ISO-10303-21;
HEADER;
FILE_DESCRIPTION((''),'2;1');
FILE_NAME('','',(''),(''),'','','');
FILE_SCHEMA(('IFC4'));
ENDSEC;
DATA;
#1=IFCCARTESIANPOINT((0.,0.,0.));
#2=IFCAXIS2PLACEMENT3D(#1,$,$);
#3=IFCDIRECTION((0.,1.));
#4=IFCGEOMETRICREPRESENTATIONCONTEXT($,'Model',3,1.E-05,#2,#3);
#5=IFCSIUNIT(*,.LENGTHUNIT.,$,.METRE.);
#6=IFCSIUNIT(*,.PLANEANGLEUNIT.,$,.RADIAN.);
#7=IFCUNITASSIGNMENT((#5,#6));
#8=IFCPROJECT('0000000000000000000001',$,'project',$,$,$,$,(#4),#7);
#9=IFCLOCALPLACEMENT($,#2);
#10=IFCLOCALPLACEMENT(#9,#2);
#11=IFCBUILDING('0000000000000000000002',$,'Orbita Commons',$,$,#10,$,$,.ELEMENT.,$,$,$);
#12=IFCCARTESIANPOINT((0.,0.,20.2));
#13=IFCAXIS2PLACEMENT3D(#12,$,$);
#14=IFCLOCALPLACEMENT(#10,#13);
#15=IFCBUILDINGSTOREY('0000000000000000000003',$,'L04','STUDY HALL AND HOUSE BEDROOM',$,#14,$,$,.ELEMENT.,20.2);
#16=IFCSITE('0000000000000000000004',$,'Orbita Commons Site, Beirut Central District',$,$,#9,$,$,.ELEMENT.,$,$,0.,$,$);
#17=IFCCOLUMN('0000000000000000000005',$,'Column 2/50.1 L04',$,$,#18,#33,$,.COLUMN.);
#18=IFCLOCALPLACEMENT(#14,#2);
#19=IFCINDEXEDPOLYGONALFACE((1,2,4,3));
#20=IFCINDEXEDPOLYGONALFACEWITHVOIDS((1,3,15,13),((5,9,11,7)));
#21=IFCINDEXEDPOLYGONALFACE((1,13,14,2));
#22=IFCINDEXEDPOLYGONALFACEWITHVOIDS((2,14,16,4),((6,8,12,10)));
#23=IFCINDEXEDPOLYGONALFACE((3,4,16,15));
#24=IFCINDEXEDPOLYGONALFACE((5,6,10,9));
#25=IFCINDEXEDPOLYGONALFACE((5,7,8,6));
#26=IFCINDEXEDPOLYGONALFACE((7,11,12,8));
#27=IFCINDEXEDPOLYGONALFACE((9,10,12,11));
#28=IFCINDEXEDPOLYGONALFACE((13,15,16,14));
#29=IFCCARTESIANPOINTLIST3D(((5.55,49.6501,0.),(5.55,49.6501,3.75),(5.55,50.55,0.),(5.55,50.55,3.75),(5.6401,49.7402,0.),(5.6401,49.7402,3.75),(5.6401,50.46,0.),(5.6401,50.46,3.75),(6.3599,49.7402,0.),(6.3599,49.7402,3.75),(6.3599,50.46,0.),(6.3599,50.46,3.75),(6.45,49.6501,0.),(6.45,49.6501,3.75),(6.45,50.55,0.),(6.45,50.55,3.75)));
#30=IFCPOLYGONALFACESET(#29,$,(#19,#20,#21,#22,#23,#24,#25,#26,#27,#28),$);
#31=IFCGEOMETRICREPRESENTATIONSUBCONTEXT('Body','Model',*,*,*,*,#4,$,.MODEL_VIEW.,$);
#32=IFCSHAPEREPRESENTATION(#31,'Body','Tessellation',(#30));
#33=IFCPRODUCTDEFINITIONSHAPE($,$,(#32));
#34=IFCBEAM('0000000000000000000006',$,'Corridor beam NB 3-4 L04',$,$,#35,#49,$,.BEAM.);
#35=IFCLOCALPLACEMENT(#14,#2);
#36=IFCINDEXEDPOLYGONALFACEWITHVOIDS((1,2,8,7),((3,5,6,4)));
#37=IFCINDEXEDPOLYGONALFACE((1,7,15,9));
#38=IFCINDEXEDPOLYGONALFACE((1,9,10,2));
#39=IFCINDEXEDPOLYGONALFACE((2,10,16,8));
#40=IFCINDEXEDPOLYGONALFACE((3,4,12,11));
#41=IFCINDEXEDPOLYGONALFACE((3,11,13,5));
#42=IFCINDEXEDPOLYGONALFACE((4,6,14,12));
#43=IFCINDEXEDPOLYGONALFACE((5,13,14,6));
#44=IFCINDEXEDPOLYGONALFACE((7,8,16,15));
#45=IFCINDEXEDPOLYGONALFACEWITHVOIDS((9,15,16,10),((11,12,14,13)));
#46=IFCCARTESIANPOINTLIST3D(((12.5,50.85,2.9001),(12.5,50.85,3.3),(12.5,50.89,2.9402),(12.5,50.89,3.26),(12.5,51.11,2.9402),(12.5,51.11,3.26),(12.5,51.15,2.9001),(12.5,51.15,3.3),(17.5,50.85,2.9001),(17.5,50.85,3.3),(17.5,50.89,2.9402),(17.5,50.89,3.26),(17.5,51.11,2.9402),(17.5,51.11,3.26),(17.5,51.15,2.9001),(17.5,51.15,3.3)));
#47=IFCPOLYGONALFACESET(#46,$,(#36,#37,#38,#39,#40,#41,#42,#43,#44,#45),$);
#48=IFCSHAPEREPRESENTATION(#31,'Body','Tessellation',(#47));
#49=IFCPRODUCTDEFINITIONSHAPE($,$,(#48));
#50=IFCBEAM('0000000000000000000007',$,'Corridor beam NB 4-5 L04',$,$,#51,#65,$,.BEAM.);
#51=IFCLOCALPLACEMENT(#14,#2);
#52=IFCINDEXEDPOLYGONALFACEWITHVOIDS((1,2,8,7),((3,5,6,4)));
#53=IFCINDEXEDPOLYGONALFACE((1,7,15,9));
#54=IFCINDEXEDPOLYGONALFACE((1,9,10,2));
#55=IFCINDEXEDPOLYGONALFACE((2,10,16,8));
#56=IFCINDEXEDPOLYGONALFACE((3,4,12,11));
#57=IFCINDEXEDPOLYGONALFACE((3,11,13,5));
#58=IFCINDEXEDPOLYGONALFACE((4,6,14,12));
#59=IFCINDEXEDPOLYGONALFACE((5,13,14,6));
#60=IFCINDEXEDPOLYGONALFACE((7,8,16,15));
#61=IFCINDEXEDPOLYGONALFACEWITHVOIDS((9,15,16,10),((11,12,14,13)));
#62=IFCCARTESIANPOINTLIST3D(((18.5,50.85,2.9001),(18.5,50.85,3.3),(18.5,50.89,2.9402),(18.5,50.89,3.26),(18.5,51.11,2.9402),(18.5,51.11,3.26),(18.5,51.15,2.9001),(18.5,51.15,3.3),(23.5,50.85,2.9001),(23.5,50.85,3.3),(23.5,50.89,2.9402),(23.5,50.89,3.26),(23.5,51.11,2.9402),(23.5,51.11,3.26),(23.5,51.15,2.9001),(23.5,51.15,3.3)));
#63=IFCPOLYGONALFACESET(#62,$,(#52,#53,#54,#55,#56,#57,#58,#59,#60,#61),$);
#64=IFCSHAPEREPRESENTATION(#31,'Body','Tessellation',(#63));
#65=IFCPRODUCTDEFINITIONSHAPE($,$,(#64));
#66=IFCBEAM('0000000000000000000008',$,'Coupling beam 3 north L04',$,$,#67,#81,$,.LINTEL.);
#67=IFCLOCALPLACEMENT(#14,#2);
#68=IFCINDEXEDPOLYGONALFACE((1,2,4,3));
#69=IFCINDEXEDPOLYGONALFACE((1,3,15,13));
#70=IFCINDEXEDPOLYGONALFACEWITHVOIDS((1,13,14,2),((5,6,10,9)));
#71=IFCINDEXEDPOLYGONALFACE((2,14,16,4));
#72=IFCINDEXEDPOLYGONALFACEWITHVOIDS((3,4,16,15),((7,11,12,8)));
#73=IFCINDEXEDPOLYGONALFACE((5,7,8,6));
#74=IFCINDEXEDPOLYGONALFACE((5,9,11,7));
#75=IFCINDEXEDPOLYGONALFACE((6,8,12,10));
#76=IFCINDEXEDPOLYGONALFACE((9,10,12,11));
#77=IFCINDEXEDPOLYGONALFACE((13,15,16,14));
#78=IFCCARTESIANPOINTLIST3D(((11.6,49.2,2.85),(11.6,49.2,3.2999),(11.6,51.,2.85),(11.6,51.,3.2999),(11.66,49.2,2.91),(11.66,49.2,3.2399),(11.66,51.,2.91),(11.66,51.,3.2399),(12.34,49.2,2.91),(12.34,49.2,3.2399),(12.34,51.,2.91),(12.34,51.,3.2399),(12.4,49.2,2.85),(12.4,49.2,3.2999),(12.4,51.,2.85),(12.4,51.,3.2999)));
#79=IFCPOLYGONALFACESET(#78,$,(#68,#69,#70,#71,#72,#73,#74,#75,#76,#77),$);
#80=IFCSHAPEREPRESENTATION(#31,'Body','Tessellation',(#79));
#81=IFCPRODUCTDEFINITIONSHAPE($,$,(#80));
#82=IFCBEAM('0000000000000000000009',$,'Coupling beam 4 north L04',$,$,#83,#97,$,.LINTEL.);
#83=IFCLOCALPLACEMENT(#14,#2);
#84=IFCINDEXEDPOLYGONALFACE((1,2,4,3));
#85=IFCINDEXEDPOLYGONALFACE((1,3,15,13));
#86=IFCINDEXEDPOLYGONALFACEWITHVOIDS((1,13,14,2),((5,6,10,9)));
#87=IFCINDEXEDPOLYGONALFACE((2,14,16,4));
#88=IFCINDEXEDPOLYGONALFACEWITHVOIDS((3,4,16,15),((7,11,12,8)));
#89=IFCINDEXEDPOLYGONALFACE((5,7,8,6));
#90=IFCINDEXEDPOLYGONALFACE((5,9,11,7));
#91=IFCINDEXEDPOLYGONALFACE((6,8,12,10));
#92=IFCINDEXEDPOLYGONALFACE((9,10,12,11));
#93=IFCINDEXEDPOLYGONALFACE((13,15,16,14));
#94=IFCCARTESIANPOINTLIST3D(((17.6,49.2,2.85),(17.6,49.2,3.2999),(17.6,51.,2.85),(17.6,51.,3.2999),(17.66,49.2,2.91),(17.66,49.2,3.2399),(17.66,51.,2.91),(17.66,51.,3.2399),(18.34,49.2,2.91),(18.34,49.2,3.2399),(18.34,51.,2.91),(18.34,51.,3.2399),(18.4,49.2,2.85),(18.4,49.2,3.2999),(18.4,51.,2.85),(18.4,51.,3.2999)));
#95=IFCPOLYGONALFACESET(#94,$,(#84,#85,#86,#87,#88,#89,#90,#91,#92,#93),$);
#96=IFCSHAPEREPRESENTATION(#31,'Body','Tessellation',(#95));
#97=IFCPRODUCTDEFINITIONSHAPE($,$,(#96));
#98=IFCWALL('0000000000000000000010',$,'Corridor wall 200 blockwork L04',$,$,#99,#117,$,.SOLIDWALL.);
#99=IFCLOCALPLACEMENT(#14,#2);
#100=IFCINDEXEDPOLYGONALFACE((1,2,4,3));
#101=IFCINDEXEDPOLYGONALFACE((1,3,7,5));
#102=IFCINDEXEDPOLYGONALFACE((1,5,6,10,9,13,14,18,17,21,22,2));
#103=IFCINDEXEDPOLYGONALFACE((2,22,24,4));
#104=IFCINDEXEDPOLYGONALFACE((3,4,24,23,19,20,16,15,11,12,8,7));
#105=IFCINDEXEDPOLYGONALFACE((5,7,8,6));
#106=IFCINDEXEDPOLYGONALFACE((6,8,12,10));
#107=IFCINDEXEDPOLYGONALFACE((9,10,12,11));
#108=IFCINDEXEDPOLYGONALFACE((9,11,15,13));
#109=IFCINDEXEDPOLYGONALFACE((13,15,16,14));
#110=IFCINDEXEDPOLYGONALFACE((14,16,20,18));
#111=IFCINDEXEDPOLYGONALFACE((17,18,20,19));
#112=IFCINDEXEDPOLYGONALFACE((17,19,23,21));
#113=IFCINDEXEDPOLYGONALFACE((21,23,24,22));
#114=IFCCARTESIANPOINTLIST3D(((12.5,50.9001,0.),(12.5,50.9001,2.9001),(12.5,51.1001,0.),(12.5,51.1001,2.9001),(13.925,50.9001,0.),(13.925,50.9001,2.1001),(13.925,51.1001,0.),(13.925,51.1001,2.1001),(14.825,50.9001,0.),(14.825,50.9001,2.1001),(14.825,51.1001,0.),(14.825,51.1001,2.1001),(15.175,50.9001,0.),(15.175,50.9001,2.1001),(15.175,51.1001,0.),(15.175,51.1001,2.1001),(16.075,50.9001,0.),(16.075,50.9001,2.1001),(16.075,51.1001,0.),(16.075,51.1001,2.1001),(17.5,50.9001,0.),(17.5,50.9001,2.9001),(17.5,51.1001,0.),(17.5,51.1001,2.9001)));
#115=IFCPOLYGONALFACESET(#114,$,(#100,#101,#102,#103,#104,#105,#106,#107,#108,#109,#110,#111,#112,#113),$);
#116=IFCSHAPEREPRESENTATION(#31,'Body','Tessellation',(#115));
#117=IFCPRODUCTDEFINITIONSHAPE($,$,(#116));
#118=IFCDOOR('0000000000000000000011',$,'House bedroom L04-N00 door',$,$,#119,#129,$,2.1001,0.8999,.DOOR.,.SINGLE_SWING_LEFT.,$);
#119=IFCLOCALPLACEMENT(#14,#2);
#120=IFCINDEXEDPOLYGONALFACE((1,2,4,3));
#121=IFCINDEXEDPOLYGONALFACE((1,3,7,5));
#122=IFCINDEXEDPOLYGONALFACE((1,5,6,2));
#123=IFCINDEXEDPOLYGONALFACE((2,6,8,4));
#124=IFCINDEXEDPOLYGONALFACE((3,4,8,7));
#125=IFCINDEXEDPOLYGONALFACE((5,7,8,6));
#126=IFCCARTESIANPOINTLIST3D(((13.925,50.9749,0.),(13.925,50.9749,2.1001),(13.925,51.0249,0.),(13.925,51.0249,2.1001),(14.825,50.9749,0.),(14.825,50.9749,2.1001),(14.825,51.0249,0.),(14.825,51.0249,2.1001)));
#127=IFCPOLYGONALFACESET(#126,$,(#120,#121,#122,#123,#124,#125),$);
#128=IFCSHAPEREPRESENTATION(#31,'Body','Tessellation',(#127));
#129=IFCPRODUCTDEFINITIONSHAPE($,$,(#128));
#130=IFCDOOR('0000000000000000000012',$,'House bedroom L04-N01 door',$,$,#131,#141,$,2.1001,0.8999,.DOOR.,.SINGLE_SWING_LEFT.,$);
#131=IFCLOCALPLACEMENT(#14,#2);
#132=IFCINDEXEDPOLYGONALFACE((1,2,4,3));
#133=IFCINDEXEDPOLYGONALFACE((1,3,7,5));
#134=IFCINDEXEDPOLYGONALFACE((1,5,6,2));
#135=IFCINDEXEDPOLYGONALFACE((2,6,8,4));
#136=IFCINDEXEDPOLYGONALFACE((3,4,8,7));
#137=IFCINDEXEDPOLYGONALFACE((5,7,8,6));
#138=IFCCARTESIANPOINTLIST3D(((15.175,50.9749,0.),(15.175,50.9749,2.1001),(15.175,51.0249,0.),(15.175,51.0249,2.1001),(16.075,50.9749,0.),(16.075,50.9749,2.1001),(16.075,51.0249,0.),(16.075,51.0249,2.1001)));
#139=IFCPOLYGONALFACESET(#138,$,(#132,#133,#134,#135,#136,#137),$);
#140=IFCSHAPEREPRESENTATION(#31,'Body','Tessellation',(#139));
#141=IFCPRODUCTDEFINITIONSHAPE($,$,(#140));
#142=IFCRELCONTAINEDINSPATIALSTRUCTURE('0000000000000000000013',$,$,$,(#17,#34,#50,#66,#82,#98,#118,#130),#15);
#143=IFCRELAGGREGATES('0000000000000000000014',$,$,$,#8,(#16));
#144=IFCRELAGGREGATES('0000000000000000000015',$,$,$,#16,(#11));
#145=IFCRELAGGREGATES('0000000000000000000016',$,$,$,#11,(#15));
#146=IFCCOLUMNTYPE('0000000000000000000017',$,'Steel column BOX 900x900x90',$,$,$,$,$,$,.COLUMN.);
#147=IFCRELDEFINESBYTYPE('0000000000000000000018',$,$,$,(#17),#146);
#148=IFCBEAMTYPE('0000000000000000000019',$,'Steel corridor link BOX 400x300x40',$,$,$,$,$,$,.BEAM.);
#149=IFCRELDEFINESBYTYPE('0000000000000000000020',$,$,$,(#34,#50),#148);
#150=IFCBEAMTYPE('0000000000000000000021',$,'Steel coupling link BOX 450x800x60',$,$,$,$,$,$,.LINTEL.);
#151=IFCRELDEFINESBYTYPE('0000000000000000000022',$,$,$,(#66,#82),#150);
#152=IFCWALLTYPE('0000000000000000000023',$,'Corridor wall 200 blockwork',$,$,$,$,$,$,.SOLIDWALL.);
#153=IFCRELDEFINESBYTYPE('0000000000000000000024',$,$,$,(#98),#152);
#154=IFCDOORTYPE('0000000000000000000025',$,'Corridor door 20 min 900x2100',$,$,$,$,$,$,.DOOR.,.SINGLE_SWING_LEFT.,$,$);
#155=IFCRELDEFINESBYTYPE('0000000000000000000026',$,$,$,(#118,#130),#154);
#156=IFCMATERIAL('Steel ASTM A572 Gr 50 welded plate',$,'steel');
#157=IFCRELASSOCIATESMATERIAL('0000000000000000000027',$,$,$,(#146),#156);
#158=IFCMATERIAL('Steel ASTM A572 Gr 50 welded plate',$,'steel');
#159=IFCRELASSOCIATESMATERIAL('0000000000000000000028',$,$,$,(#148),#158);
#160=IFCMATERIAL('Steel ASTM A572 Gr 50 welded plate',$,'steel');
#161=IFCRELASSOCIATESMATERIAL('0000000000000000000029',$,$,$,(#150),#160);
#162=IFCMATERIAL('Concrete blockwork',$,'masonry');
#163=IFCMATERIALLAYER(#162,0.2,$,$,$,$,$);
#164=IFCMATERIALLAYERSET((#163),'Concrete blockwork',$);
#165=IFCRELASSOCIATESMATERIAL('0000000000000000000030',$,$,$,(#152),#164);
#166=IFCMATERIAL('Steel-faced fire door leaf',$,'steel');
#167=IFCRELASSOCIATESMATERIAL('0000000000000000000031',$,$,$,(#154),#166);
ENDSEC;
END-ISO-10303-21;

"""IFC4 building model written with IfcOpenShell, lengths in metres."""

from ifc_helpers import new_model, si_unit, direction, frame, frame_2d, origin, origin_2d, place, context, subcontext, project, spatial, polyline, rectangle, hollow_rectangle, outline, extrude, material, layer, layer_set, material_profile, profile_set, type_object, element, fill, save


model = new_model("IFC4")

# Units and contexts
model_context = context("Model", 3, precision=1e-05, world=origin(), true_north=direction((0.0, 1.0)))
body_context = subcontext(model_context, "Body", "Model", "MODEL_VIEW")
ifc_project = project(units=[si_unit("LENGTHUNIT", "METRE"), si_unit("PLANEANGLEUNIT", "RADIAN")], contexts=[model_context])

# Site, building, storey
site_placement = place(None, origin())
site = spatial("IfcSite", under=ifc_project, at=site_placement, Name="Orbita Commons Site, Beirut Central District", CompositionType="ELEMENT", RefElevation=0.0)
building_placement = place(site_placement, origin())
building = spatial("IfcBuilding", under=site, at=building_placement, Name="Orbita Commons", CompositionType="ELEMENT")
storey_placement = place(building_placement, frame((0.0, 0.0, 20.2)))
storey = spatial("IfcBuildingStorey", under=building, at=storey_placement, Name="L04", Description="STUDY HALL AND HOUSE BEDROOM", CompositionType="ELEMENT", Elevation=20.2)

# Column
ifc_material_1 = material(Name="Steel ASTM A572 Gr 50 welded plate", Category="steel")
ifc_material_profile_1 = material_profile(ifc_material_1, hollow_rectangle(XDim=0.8999, YDim=0.8999, WallThickness=0.0901, at=origin_2d()), Name="BOX 900x900x90")
ifc_profile_set_1 = profile_set([ifc_material_profile_1], Name="Steel ASTM A572 Gr 50 welded plate")
column_type = type_object("IfcColumnType", Name="Steel column BOX 900x900x90", PredefinedType="COLUMN", material=ifc_profile_set_1)
column_placement = place(storey_placement, frame((6.0, 50.1001, 0.0), z_axis=(0.0, 0.0, 1.0), x_axis=(1.0, 0.0, 0.0)))
element("IfcColumn", 1, at=column_placement, inside=storey, type_object=column_type, Name="Column 2/50.1 L04", PredefinedType="COLUMN", context=body_context, shape_type="SweptSolid", body=[
    extrude(hollow_rectangle(XDim=0.8999, YDim=0.8999, WallThickness=0.0901, at=origin_2d()), origin(), (0.0, 0.0, 1.0), 3.75),
])

# Beams
ifc_material_2 = material(Name="Steel ASTM A572 Gr 50 welded plate", Category="steel")
ifc_material_profile_2 = material_profile(ifc_material_2, hollow_rectangle(XDim=0.3, YDim=0.3999, WallThickness=0.04, at=origin_2d()), Name="BOX 400x300x40")
ifc_profile_set_2 = profile_set([ifc_material_profile_2], Name="Steel ASTM A572 Gr 50 welded plate")
beam_type_1 = type_object("IfcBeamType", Name="Steel corridor link BOX 400x300x40", PredefinedType="BEAM", material=ifc_profile_set_2)
for number, where, z_axis, x_axis, name in (
    (2, (12.5, 51.0, 3.1001), (1.0, 0.0, 0.0), (0.0, 1.0, 0.0), "Corridor beam NB 3-4 L04"),
    (3, (18.5, 51.0, 3.1001), (1.0, 0.0, 0.0), (0.0, 1.0, 0.0), "Corridor beam NB 4-5 L04"),
):
    element("IfcBeam", number, at=place(storey_placement, frame(where, z_axis=z_axis, x_axis=x_axis)), inside=storey, type_object=beam_type_1, Name=name, PredefinedType="BEAM", context=body_context, shape_type="SweptSolid", body=[
        extrude(hollow_rectangle(XDim=0.3, YDim=0.3999, WallThickness=0.04, at=origin_2d()), origin(), (0.0, 0.0, 1.0), 5.0),
    ])
ifc_material_3 = material(Name="Steel ASTM A572 Gr 50 welded plate", Category="steel")
ifc_material_profile_3 = material_profile(ifc_material_3, hollow_rectangle(XDim=0.8, YDim=0.45, WallThickness=0.0601, at=origin_2d()), Name="BOX 450x800x60")
ifc_profile_set_3 = profile_set([ifc_material_profile_3], Name="Steel ASTM A572 Gr 50 welded plate")
beam_type_2 = type_object("IfcBeamType", Name="Steel coupling link BOX 450x800x60", PredefinedType="LINTEL", material=ifc_profile_set_3)
for number, where, z_axis, x_axis, name in (
    (4, (12.0, 49.2, 3.075), (0.0, 1.0, 0.0), (-1.0, 0.0, 0.0), "Coupling beam 3 north L04"),
    (5, (18.0, 49.2, 3.075), (0.0, 1.0, 0.0), (-1.0, 0.0, 0.0), "Coupling beam 4 north L04"),
):
    element("IfcBeam", number, at=place(storey_placement, frame(where, z_axis=z_axis, x_axis=x_axis)), inside=storey, type_object=beam_type_2, Name=name, PredefinedType="LINTEL", context=body_context, shape_type="SweptSolid", body=[
        extrude(hollow_rectangle(XDim=0.8, YDim=0.45, WallThickness=0.0601, at=origin_2d()), origin(), (0.0, 0.0, 1.0), 1.8),
    ])

# Wall, openings, doors
ifc_material_4 = material(Name="Concrete blockwork", Category="masonry")
ifc_layer_1 = layer(ifc_material_4, 0.2)
ifc_layer_set_1 = layer_set([ifc_layer_1], Name="Concrete blockwork")
wall_type_1 = type_object("IfcWallType", Name="Corridor wall 200 blockwork", PredefinedType="SOLIDWALL", material=ifc_layer_set_1)
wall_1_placement = place(storey_placement, frame((12.5, 51.0, 0.0), z_axis=(0.0, 0.0, 1.0), x_axis=(1.0, 0.0, 0.0)))
wall_1 = element("IfcWall", 6, at=wall_1_placement, inside=storey, type_object=wall_type_1, Name="Corridor wall 200 blockwork L04", PredefinedType="SOLIDWALL", context=body_context, shape_type="SweptSolid", body=[
    extrude(outline(polyline([(0.0, 0.0), (5.0, 0.0), (5.0, 2.9001), (0.0, 2.9001), (0.0, 0.0)])), frame((0.0, 0.1001, 0.0), z_axis=(0.0, -1.0, 0.0), x_axis=(1.0, 0.0, 0.0)), (0.0, 0.0, 1.0), 0.2),
])
opening_1_placement = place(wall_1_placement, frame((1.425, 0.0, 0.0)))
opening_1 = element("IfcOpeningElement", 7, at=opening_1_placement, cuts=wall_1, PredefinedType="OPENING", context=body_context, shape_type="SweptSolid", body=[
    extrude(rectangle(XDim=0.8999, YDim=2.1001, at=frame_2d((0.45, 1.05))), frame((0.0, 0.1099, 0.0), z_axis=(0.0, -1.0, 0.0), x_axis=(1.0, 0.0, 0.0)), (0.0, 0.0, 1.0), 0.22),
])
opening_2_placement = place(wall_1_placement, frame((2.675, 0.0, 0.0)))
opening_2 = element("IfcOpeningElement", 8, at=opening_2_placement, cuts=wall_1, PredefinedType="OPENING", context=body_context, shape_type="SweptSolid", body=[
    extrude(rectangle(XDim=0.8999, YDim=2.1001, at=frame_2d((0.45, 1.05))), frame((0.0, 0.1099, 0.0), z_axis=(0.0, -1.0, 0.0), x_axis=(1.0, 0.0, 0.0)), (0.0, 0.0, 1.0), 0.22),
])
ifc_material_5 = material(Name="Steel-faced fire door leaf", Category="steel")
door_type_1 = type_object("IfcDoorType", Name="Corridor door 20 min 900x2100", OperationType="SINGLE_SWING_LEFT", PredefinedType="DOOR", material=ifc_material_5)
door_1_placement = place(opening_1_placement, origin())
door_1 = element("IfcDoor", 9, at=door_1_placement, inside=storey, type_object=door_type_1, Name="House bedroom L04-N00 door", OperationType="SINGLE_SWING_LEFT", OverallHeight=2.1001, OverallWidth=0.8999, PredefinedType="DOOR", context=body_context, shape_type="SweptSolid", body=[
    extrude(rectangle(XDim=0.8999, YDim=2.1001, at=frame_2d((0.45, 1.05))), frame((0.0, 0.0249, 0.0), z_axis=(0.0, -1.0, 0.0), x_axis=(1.0, 0.0, 0.0)), (0.0, 0.0, 1.0), 0.05),
])
fill(opening_1, door_1)
door_2_placement = place(opening_2_placement, origin())
door_2 = element("IfcDoor", 10, at=door_2_placement, inside=storey, type_object=door_type_1, Name="House bedroom L04-N01 door", OperationType="SINGLE_SWING_LEFT", OverallHeight=2.1001, OverallWidth=0.8999, PredefinedType="DOOR", context=body_context, shape_type="SweptSolid", body=[
    extrude(rectangle(XDim=0.8999, YDim=2.1001, at=frame_2d((0.45, 1.05))), frame((0.0, 0.0249, 0.0), z_axis=(0.0, -1.0, 0.0), x_axis=(1.0, 0.0, 0.0)), (0.0, 0.0, 1.0), 0.05),
])
fill(opening_2, door_2)

save(model, "model.ifc")
